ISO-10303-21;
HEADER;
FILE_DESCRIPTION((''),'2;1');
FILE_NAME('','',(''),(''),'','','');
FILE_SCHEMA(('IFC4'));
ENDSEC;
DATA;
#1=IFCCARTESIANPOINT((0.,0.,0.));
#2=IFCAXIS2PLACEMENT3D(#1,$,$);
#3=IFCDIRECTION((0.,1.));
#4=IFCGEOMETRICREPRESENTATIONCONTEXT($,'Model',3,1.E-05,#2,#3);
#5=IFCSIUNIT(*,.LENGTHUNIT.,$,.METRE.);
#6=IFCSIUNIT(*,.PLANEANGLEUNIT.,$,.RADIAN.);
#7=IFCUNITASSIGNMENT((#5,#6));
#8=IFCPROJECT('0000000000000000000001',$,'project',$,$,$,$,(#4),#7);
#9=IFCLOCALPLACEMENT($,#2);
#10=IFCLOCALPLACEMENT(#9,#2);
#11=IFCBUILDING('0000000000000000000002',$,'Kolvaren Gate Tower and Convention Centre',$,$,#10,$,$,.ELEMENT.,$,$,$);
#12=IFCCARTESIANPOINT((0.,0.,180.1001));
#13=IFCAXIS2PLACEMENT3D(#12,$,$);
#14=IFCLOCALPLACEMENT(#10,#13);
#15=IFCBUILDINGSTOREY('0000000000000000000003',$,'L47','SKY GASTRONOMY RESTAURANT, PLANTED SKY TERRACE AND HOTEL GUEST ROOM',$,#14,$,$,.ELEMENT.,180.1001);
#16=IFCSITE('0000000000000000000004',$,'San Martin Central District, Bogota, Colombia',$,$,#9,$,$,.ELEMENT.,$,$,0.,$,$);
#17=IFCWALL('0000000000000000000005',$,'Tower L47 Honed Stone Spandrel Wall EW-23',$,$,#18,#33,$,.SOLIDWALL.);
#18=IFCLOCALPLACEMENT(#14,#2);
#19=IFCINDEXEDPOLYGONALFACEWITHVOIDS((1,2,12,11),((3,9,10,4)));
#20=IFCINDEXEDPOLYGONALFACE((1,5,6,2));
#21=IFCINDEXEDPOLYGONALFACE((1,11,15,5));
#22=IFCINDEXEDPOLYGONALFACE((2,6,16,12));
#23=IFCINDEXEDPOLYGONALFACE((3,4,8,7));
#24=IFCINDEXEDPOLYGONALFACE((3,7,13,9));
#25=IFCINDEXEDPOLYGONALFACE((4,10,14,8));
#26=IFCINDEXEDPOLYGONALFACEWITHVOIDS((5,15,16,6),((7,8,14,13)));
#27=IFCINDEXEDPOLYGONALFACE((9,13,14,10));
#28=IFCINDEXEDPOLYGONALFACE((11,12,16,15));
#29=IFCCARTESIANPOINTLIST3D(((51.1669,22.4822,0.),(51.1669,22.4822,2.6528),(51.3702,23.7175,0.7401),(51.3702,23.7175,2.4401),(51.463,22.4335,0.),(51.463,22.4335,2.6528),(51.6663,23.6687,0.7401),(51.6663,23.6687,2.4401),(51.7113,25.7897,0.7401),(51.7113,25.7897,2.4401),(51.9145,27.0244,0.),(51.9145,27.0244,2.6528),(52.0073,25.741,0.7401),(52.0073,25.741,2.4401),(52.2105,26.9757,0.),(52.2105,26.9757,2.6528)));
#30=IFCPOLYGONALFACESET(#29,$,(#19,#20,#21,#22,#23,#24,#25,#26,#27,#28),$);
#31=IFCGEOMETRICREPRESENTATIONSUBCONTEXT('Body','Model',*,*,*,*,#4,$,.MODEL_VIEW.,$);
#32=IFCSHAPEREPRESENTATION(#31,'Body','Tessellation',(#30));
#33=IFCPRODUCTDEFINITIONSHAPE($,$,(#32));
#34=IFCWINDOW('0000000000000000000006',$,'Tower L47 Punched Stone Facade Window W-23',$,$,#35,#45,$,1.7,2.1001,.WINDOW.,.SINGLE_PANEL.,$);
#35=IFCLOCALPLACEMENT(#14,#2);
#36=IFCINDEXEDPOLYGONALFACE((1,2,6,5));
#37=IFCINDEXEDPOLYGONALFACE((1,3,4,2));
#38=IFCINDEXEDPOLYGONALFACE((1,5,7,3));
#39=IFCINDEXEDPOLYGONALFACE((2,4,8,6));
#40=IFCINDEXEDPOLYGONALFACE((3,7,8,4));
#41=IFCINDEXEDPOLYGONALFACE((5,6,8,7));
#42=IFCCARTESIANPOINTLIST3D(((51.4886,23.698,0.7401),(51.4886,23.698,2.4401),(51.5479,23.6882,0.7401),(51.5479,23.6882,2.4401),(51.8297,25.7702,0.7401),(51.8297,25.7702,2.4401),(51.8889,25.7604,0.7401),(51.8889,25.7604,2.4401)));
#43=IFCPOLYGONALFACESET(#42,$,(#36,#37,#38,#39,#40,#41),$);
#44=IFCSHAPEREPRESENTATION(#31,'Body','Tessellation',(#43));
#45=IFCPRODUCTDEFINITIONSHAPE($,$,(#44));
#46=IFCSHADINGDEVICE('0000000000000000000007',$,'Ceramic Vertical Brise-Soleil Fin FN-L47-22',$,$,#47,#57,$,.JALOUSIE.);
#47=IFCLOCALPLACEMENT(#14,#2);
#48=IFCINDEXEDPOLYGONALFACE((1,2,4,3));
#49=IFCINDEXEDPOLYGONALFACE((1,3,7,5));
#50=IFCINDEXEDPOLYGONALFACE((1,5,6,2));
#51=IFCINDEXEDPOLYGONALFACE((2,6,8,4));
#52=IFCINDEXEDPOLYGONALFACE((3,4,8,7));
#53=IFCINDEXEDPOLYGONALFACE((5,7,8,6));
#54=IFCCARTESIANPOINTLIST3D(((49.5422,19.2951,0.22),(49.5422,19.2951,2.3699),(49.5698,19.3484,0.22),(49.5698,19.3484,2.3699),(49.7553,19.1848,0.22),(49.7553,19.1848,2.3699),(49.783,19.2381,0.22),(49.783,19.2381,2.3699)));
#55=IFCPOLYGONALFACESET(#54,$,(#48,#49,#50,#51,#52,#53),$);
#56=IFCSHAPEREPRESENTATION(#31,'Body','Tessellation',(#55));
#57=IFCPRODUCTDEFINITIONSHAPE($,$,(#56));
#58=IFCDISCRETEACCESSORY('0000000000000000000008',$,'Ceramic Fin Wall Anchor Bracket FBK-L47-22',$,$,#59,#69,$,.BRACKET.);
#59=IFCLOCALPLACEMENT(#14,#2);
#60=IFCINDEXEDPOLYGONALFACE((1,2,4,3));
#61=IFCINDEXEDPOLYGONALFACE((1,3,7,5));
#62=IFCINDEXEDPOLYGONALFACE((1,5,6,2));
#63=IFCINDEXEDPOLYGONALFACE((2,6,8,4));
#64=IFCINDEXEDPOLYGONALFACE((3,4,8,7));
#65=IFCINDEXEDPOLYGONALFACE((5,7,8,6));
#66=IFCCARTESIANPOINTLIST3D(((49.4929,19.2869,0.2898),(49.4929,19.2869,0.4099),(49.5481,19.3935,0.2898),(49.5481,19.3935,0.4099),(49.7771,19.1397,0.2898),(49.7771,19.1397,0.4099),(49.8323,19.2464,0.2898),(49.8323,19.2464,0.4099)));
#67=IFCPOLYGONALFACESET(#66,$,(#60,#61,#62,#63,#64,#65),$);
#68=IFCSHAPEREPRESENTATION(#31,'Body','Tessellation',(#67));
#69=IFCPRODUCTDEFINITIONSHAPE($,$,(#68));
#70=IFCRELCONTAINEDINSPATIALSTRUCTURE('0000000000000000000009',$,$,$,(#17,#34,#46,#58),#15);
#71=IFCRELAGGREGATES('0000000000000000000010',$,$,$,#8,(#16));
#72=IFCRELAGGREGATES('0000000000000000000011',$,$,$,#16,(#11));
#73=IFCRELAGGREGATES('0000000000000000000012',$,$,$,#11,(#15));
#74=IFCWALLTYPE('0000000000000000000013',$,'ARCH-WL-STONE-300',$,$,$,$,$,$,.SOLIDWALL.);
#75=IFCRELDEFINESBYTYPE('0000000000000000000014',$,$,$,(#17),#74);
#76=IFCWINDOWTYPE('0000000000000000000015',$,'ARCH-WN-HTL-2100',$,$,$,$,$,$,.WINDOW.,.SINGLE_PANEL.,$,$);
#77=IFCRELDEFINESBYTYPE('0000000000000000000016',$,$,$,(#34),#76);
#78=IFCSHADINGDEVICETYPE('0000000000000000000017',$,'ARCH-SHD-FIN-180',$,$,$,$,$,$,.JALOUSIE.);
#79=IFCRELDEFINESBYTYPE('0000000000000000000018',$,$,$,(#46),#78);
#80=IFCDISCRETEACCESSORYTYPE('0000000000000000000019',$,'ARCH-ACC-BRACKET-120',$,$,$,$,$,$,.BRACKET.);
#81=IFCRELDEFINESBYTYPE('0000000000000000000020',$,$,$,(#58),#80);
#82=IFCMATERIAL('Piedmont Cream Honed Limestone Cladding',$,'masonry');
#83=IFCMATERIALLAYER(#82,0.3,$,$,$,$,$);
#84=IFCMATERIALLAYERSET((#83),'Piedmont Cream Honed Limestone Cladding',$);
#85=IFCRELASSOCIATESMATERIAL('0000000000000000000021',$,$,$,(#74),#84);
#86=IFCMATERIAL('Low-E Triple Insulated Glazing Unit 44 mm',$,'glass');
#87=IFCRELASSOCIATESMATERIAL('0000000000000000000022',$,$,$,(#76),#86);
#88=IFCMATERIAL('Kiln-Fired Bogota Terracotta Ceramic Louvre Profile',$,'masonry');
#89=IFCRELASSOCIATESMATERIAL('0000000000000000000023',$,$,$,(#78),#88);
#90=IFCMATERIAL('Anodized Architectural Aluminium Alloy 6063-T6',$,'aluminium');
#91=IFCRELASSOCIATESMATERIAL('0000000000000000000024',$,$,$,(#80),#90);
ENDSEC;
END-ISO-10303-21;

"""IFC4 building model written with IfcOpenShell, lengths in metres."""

from ifc_helpers import new_model, si_unit, direction, frame, frame_2d, origin, origin_2d, place, context, subcontext, project, spatial, rectangle, extrude, material, layer, layer_set, type_object, element, fill, save


model = new_model("IFC4")

# Units and contexts
model_context = context("Model", 3, precision=1e-05, world=origin(), true_north=direction((0.0, 1.0)))
body_context = subcontext(model_context, "Body", "Model", "MODEL_VIEW")
ifc_project = project(units=[si_unit("LENGTHUNIT", "METRE"), si_unit("PLANEANGLEUNIT", "RADIAN")], contexts=[model_context])

# Site, building, storey
site_placement = place(None, origin())
site = spatial("IfcSite", under=ifc_project, at=site_placement, Name="San Martin Central District, Bogota, Colombia", CompositionType="ELEMENT", RefElevation=0.0)
building_placement = place(site_placement, origin())
building = spatial("IfcBuilding", under=site, at=building_placement, Name="Kolvaren Gate Tower and Convention Centre", CompositionType="ELEMENT")
storey_placement = place(building_placement, frame((0.0, 0.0, 180.1001)))
storey = spatial("IfcBuildingStorey", under=building, at=storey_placement, Name="L47", Description="SKY GASTRONOMY RESTAURANT, PLANTED SKY TERRACE AND HOTEL GUEST ROOM", CompositionType="ELEMENT", Elevation=180.1001)

# Shared definitions
ifc_material_1 = material(Name="Piedmont Cream Honed Limestone Cladding", Category="masonry")

# Wall, opening, window
ifc_layer_1 = layer(ifc_material_1, 0.3)
ifc_layer_set_1 = layer_set([ifc_layer_1], Name="Piedmont Cream Honed Limestone Cladding")
wall_type_1 = type_object("IfcWallType", Name="ARCH-WL-STONE-300", PredefinedType="SOLIDWALL", material=ifc_layer_set_1)
ifc_material_2 = material(Name="Low-E Triple Insulated Glazing Unit 44 mm", Category="glass")
window_type = type_object("IfcWindowType", Name="ARCH-WN-HTL-2100", PartitioningType="SINGLE_PANEL", PredefinedType="WINDOW", material=ifc_material_2)
wall_1_placement = place(storey_placement, frame((51.3149, 22.4578, 0.0), z_axis=(0.0, 0.0, 1.0), x_axis=(0.162395, 0.986726, 0.0)))
wall_1 = element("IfcWall", 1, at=wall_1_placement, inside=storey, type_object=wall_type_1, Name="Tower L47 Honed Stone Spandrel Wall EW-23", PredefinedType="SOLIDWALL", context=body_context, shape_type="SweptSolid", body=[
    extrude(rectangle(XDim=4.6033, YDim=0.3, at=frame_2d((2.3018, 0.0))), origin(), (0.0, 0.0, 1.0), 2.6528),
])
opening_1_placement = place(wall_1_placement, frame((1.252, 0.0, 0.74)))
opening_1 = element("IfcOpeningElement", 2, at=opening_1_placement, cuts=wall_1, PredefinedType="OPENING", context=body_context, shape_type="SweptSolid", body=[
    extrude(rectangle(XDim=2.1001, YDim=1.7, at=frame_2d((1.05, 0.8501))), frame((0.0, 0.1599, 0.0), z_axis=(0.0, -1.0, 0.0), x_axis=(1.0, 0.0, 0.0)), (0.0, 0.0, 1.0), 0.3201),
])
window_1_placement = place(opening_1_placement, origin())
window_1 = element("IfcWindow", 3, at=window_1_placement, inside=storey, type_object=window_type, Name="Tower L47 Punched Stone Facade Window W-23", OverallHeight=1.7, OverallWidth=2.1001, PartitioningType="SINGLE_PANEL", PredefinedType="WINDOW", context=body_context, shape_type="SweptSolid", body=[
    extrude(rectangle(XDim=2.1001, YDim=1.7, at=frame_2d((1.05, 0.8501))), frame((0.0, 0.03, 0.0), z_axis=(0.0, -1.0, 0.0), x_axis=(1.0, 0.0, 0.0)), (0.0, 0.0, 1.0), 0.0601),
])
fill(opening_1, window_1)

# Shading device
ifc_material_3 = material(Name="Kiln-Fired Bogota Terracotta Ceramic Louvre Profile", Category="masonry")
shading_device_type = type_object("IfcShadingDeviceType", Name="ARCH-SHD-FIN-180", PredefinedType="JALOUSIE", material=ifc_material_3)
shading_device_placement = place(storey_placement, frame((49.6626, 19.2666, 0.22), z_axis=(0.0, 0.0, 1.0), x_axis=(0.459798, 0.888023, 0.0)))
element("IfcShadingDevice", 4, at=shading_device_placement, inside=storey, type_object=shading_device_type, Name="Ceramic Vertical Brise-Soleil Fin FN-L47-22", PredefinedType="JALOUSIE", context=body_context, shape_type="SweptSolid", body=[
    extrude(rectangle(XDim=0.0601, YDim=0.24, at=origin_2d()), origin(), (0.0, 0.0, 1.0), 2.1499),
])

# Discrete accessory
ifc_material_4 = material(Name="Anodized Architectural Aluminium Alloy 6063-T6", Category="aluminium")
discrete_accessory_type = type_object("IfcDiscreteAccessoryType", Name="ARCH-ACC-BRACKET-120", PredefinedType="BRACKET", material=ifc_material_4)
discrete_accessory_placement = place(storey_placement, frame((49.6626, 19.2666, 0.2898), z_axis=(0.0, 0.0, 1.0), x_axis=(0.459798, 0.888023, 0.0)))
element("IfcDiscreteAccessory", 5, at=discrete_accessory_placement, inside=storey, type_object=discrete_accessory_type, Name="Ceramic Fin Wall Anchor Bracket FBK-L47-22", PredefinedType="BRACKET", context=body_context, shape_type="SweptSolid", body=[
    extrude(rectangle(XDim=0.1201, YDim=0.3201, at=origin_2d()), origin(), (0.0, 0.0, 1.0), 0.1201),
])

save(model, "model.ifc")
